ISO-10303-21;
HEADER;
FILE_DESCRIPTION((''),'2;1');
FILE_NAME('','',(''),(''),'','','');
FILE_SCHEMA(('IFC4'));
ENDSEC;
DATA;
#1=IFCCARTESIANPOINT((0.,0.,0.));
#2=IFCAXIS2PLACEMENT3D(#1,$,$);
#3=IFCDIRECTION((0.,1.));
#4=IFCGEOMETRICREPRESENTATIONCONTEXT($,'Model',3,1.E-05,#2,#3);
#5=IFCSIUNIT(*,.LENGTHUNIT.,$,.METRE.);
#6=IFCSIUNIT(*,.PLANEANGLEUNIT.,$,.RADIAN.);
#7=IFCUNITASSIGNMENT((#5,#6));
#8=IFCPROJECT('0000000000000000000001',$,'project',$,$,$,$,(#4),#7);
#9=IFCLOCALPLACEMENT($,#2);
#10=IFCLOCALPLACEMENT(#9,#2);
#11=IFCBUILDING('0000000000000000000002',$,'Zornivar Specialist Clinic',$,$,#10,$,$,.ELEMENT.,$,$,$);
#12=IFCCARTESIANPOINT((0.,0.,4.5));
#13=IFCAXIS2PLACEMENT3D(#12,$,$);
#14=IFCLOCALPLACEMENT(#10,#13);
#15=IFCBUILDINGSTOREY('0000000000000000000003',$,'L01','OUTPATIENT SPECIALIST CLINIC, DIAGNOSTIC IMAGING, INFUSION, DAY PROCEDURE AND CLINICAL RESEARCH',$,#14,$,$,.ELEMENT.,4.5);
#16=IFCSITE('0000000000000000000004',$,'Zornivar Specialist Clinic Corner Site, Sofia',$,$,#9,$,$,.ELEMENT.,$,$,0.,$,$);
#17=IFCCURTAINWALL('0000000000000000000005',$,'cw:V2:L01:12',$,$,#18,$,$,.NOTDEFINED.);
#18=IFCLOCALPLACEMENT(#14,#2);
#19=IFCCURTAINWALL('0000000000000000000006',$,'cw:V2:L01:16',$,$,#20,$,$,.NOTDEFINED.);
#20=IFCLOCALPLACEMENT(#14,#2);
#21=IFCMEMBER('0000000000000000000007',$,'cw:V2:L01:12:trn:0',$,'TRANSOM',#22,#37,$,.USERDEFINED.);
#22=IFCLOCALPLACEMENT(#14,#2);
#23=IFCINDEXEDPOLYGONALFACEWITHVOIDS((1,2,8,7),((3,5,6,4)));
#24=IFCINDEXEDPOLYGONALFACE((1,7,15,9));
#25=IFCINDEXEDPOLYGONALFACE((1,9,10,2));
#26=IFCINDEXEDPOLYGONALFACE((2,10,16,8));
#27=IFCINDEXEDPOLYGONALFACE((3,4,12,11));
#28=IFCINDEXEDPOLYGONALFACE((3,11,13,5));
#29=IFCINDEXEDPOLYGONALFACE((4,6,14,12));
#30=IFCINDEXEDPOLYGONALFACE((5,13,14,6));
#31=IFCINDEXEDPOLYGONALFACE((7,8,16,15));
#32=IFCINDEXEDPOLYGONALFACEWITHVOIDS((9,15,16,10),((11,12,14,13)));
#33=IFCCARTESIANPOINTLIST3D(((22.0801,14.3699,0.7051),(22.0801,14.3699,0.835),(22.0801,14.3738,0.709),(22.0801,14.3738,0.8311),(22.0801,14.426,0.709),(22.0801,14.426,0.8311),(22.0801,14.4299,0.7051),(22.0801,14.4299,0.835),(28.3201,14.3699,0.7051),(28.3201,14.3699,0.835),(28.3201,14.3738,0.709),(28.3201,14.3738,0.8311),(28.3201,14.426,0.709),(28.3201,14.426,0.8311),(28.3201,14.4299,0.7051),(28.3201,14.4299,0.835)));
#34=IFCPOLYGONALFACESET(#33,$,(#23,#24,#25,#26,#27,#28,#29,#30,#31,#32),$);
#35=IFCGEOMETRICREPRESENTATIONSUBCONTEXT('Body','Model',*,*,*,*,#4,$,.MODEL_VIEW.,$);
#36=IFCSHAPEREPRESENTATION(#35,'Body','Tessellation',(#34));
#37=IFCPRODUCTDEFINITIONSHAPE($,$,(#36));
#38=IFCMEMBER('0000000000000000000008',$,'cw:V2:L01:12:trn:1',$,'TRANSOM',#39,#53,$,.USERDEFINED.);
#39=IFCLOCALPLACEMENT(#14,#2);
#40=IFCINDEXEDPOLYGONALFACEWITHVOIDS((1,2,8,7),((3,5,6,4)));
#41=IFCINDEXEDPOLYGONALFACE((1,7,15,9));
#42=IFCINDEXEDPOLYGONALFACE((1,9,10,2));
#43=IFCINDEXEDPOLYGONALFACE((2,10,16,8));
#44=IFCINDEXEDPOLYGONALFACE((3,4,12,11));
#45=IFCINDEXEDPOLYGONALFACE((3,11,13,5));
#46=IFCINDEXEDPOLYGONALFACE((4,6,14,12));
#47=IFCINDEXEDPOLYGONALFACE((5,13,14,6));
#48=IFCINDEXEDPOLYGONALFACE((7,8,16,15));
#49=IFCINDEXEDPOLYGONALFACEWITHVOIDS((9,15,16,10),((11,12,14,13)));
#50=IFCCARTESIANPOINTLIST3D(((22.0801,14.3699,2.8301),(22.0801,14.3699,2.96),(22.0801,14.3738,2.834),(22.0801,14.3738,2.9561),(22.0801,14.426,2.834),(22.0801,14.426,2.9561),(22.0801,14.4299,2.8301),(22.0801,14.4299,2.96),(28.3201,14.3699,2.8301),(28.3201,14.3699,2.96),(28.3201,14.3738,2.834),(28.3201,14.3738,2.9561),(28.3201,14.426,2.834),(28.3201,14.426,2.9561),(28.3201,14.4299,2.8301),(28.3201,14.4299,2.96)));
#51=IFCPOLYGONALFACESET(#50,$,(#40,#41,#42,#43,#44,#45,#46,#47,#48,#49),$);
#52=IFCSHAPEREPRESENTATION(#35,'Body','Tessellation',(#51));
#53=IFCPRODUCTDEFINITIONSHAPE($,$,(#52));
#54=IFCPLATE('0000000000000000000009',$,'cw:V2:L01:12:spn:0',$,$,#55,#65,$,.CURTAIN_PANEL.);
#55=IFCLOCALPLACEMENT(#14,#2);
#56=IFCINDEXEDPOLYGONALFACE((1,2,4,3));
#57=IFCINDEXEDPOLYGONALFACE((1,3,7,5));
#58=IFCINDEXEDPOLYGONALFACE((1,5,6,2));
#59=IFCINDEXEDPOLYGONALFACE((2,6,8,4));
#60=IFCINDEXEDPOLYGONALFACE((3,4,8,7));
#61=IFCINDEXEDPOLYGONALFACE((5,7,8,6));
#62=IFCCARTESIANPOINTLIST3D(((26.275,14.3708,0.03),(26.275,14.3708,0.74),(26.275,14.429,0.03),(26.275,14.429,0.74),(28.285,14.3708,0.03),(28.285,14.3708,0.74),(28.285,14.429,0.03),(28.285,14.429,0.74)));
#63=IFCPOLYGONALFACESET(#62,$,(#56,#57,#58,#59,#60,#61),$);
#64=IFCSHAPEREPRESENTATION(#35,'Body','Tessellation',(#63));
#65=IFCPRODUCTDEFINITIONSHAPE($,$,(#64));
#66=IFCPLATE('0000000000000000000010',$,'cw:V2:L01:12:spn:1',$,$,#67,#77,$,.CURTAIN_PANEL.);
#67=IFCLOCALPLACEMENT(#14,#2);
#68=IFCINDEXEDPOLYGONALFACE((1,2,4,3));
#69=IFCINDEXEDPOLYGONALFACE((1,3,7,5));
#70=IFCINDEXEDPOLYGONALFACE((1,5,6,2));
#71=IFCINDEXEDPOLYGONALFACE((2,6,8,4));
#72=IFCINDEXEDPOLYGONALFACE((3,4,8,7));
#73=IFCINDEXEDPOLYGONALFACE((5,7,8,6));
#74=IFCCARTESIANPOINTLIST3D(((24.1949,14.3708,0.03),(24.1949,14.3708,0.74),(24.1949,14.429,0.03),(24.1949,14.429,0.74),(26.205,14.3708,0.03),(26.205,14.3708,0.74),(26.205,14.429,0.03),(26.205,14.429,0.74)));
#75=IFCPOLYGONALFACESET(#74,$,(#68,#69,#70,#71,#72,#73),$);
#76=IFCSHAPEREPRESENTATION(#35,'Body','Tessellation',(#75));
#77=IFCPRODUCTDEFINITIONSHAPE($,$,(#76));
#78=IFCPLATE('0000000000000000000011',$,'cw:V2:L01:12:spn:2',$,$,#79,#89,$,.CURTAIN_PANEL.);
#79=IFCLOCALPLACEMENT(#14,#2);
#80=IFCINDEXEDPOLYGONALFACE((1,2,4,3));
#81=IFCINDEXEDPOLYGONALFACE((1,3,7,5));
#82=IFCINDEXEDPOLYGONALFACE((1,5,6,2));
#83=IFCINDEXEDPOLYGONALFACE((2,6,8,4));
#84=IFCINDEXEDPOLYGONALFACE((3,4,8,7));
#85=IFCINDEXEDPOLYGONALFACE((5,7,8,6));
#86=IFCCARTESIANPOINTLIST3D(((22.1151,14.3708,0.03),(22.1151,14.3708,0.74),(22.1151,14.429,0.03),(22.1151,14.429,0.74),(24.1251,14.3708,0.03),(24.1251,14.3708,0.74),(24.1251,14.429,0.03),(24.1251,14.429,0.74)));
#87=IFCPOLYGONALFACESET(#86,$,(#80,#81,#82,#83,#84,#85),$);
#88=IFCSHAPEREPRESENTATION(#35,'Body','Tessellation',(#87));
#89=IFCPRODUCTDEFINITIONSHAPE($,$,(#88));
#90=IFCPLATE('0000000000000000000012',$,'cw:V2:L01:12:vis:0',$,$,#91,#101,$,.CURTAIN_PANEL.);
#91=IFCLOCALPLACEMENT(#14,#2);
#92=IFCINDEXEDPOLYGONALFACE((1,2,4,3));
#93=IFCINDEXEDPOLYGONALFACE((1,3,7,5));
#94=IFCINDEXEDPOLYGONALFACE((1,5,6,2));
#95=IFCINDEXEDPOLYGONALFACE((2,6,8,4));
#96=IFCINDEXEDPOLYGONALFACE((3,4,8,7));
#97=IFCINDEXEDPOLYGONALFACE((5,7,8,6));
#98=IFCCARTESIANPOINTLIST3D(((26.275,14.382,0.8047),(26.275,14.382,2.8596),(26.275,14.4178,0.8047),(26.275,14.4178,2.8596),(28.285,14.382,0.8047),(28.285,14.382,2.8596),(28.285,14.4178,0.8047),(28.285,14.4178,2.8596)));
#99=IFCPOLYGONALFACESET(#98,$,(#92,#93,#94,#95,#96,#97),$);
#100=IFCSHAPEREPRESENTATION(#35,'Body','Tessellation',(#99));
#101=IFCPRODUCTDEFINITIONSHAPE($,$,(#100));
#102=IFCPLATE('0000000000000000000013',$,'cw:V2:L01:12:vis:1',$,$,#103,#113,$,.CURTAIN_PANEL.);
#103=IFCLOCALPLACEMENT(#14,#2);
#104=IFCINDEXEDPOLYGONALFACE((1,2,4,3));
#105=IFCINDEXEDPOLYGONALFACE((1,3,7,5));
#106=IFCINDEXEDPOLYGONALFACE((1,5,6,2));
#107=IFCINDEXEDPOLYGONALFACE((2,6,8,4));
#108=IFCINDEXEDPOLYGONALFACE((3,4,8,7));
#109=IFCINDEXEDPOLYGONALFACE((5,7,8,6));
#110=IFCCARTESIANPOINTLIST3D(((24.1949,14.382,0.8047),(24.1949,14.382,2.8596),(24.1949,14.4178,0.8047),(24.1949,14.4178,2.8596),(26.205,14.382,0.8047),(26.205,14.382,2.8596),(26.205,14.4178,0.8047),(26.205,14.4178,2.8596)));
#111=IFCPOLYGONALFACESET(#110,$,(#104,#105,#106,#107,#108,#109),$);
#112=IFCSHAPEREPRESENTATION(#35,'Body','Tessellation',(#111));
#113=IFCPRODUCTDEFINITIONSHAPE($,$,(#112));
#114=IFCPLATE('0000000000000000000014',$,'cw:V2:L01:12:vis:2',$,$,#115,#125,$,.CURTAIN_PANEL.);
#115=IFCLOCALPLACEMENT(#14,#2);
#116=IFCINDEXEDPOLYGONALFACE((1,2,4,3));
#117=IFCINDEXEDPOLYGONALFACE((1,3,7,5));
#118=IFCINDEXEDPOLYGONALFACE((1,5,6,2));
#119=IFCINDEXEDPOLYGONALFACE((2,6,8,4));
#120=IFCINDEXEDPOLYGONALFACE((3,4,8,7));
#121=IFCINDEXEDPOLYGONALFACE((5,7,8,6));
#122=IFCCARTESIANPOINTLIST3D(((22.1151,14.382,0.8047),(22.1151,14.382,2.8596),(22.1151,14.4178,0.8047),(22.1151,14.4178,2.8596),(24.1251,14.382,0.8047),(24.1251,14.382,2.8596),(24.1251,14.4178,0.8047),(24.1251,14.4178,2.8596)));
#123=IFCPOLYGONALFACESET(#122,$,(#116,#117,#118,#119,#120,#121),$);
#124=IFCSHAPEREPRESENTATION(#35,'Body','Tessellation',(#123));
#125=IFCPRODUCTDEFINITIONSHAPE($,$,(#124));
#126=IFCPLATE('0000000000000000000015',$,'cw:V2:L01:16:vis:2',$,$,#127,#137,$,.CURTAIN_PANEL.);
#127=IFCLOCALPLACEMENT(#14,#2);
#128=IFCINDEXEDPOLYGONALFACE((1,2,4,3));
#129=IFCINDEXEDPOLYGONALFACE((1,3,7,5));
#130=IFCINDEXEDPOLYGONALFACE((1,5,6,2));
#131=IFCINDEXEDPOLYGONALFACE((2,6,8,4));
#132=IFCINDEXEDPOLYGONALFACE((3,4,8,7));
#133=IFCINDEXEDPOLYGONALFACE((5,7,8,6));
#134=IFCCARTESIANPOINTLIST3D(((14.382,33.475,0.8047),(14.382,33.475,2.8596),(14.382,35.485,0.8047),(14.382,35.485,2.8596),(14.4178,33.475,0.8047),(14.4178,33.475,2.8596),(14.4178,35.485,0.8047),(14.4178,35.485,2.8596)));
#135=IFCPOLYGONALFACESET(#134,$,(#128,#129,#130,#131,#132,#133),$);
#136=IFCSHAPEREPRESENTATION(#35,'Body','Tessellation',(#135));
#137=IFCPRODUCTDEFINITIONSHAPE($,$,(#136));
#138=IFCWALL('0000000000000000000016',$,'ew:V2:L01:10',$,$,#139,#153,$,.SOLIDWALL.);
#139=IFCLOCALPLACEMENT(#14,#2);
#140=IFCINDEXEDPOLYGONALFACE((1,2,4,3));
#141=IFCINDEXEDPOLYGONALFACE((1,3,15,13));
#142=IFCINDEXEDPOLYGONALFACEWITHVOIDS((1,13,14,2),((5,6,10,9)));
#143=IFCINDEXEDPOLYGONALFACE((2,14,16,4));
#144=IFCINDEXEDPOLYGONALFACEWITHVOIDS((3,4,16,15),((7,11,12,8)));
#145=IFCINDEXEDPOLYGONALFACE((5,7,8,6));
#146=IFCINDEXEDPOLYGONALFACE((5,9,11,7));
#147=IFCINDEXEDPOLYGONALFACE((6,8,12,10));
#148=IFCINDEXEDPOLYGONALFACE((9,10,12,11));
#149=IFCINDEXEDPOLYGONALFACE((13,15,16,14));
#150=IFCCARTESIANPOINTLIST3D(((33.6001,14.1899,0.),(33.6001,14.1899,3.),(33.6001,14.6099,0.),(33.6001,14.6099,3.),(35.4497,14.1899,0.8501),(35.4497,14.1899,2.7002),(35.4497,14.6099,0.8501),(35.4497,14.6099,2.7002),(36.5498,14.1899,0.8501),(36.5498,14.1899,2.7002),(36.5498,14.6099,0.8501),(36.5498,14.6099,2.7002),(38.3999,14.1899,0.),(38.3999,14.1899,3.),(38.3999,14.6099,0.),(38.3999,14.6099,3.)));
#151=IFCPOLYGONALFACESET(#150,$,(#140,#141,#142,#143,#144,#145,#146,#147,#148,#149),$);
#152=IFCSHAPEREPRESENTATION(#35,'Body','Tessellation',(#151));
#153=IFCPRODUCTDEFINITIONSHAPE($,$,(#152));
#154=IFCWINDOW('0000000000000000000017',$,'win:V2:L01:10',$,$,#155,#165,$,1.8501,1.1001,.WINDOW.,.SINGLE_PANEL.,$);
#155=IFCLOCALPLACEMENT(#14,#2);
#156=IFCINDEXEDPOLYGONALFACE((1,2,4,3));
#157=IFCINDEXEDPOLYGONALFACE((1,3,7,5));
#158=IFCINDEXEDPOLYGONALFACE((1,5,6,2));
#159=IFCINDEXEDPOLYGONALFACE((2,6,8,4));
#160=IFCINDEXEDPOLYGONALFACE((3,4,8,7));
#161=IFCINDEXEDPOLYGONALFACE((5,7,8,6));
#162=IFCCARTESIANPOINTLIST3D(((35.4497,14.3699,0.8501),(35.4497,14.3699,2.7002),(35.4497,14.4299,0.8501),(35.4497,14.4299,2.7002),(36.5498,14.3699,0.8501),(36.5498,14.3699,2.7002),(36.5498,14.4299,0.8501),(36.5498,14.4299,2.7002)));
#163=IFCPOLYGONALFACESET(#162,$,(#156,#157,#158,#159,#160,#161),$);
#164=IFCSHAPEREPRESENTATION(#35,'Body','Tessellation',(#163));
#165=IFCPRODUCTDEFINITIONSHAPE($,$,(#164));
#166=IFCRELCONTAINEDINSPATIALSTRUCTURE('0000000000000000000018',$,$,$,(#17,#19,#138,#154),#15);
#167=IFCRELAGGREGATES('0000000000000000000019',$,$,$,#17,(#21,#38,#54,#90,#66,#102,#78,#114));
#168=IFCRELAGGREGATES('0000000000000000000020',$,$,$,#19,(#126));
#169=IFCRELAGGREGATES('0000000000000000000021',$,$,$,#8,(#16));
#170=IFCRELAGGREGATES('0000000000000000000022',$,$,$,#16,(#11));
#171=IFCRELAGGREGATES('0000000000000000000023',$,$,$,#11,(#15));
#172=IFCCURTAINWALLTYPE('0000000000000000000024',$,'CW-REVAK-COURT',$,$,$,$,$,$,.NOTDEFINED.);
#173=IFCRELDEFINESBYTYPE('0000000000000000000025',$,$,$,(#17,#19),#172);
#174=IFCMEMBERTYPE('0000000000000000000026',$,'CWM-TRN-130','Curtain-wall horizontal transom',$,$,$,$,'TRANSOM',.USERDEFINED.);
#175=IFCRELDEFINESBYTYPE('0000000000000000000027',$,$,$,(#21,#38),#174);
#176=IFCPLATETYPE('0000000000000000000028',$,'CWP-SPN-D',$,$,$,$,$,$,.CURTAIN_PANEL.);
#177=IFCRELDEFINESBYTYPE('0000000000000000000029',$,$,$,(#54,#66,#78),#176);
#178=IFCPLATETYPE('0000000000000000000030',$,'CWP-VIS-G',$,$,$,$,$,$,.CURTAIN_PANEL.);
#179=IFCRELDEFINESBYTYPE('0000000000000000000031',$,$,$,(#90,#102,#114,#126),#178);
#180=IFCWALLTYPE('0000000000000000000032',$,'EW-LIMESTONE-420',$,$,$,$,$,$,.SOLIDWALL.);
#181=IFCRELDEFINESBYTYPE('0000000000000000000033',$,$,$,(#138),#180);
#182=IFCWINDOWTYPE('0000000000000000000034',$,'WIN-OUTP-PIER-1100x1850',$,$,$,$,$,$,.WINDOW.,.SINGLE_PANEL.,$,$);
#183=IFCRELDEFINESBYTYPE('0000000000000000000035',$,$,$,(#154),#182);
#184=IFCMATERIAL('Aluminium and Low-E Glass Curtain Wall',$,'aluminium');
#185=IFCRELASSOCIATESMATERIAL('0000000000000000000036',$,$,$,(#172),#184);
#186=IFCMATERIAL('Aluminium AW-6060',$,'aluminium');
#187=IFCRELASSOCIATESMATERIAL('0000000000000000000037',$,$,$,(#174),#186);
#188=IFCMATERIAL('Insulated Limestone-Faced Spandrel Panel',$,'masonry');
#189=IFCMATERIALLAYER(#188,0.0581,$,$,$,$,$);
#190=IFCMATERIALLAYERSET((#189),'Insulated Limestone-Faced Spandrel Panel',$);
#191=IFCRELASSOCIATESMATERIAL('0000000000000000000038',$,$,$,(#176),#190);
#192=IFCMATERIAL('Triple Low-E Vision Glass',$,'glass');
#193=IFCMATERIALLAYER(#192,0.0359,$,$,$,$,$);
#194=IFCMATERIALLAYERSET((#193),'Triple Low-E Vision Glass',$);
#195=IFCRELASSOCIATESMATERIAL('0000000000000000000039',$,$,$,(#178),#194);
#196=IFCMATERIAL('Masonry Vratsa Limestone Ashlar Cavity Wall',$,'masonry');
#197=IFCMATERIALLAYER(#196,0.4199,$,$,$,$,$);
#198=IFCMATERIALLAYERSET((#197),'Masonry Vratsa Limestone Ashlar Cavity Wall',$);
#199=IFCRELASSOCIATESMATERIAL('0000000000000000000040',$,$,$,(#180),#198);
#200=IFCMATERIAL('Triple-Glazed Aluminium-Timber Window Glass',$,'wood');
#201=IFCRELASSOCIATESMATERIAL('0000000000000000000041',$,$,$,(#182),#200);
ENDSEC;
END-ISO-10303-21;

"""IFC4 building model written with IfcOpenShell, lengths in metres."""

from ifc_helpers import new_model, si_unit, direction, frame, frame_2d, origin, origin_2d, place, context, subcontext, project, spatial, rectangle, hollow_rectangle, extrude, material, layer, layer_set, material_profile, profile_set, type_object, element, fill, aggregate, save


model = new_model("IFC4")

# Units and contexts
model_context = context("Model", 3, precision=1e-05, world=origin(), true_north=direction((0.0, 1.0)))
body_context = subcontext(model_context, "Body", "Model", "MODEL_VIEW")
ifc_project = project(units=[si_unit("LENGTHUNIT", "METRE"), si_unit("PLANEANGLEUNIT", "RADIAN")], contexts=[model_context])

# Site, building, storey
site_placement = place(None, origin())
site = spatial("IfcSite", under=ifc_project, at=site_placement, Name="Zornivar Specialist Clinic Corner Site, Sofia", CompositionType="ELEMENT", RefElevation=0.0)
building_placement = place(site_placement, origin())
building = spatial("IfcBuilding", under=site, at=building_placement, Name="Zornivar Specialist Clinic", CompositionType="ELEMENT")
storey_placement = place(building_placement, frame((0.0, 0.0, 4.5)))
storey = spatial("IfcBuildingStorey", under=building, at=storey_placement, Name="L01", Description="OUTPATIENT SPECIALIST CLINIC, DIAGNOSTIC IMAGING, INFUSION, DAY PROCEDURE AND CLINICAL RESEARCH", CompositionType="ELEMENT", Elevation=4.5)

# Curtain wall
ifc_material_1 = material(Name="Aluminium and Low-E Glass Curtain Wall", Category="aluminium")
curtain_wall_type = type_object("IfcCurtainWallType", Name="CW-REVAK-COURT", PredefinedType="NOTDEFINED", material=ifc_material_1)
curtain_wall_1_placement = place(storey_placement, origin())
curtain_wall_1 = element("IfcCurtainWall", 1, at=curtain_wall_1_placement, inside=storey, type_object=curtain_wall_type, Name="cw:V2:L01:12", PredefinedType="NOTDEFINED")

# Curtain wall
curtain_wall_2_placement = place(storey_placement, origin())
curtain_wall_2 = element("IfcCurtainWall", 2, at=curtain_wall_2_placement, inside=storey, type_object=curtain_wall_type, Name="cw:V2:L01:16", PredefinedType="NOTDEFINED")

# Members
ifc_material_2 = material(Name="Aluminium AW-6060", Category="aluminium")
ifc_material_profile_1 = material_profile(ifc_material_2, hollow_rectangle(XDim=0.0601, YDim=0.1299, WallThickness=0.0039, at=origin_2d()), Name="ALU 60x130x4")
ifc_profile_set_1 = profile_set([ifc_material_profile_1], Name="Aluminium AW-6060")
member_type_1 = type_object("IfcMemberType", Name="CWM-TRN-130", Description="Curtain-wall horizontal transom", ElementType="TRANSOM", PredefinedType="USERDEFINED", material=ifc_profile_set_1)
member_1_placement = place(storey_placement, frame((28.3201, 14.3999, 0.77), z_axis=(-1.0, 0.0, 0.0), x_axis=(0.0, -1.0, 0.0)))
member_1 = element("IfcMember", 3, at=member_1_placement, type_object=member_type_1, Name="cw:V2:L01:12:trn:0", ObjectType="TRANSOM", PredefinedType="USERDEFINED", context=body_context, shape_type="SweptSolid", body=[
    extrude(hollow_rectangle(XDim=0.0601, YDim=0.1299, WallThickness=0.0039, at=origin_2d()), origin(), (0.0, 0.0, 1.0), 6.24),
])
member_2_placement = place(storey_placement, frame((28.3201, 14.3999, 2.895), z_axis=(-1.0, 0.0, 0.0), x_axis=(0.0, -1.0, 0.0)))
member_2 = element("IfcMember", 4, at=member_2_placement, type_object=member_type_1, Name="cw:V2:L01:12:trn:1", ObjectType="TRANSOM", PredefinedType="USERDEFINED", context=body_context, shape_type="SweptSolid", body=[
    extrude(hollow_rectangle(XDim=0.0601, YDim=0.1299, WallThickness=0.0039, at=origin_2d()), origin(), (0.0, 0.0, 1.0), 6.24),
])

# Plates
ifc_material_3 = material(Name="Insulated Limestone-Faced Spandrel Panel", Category="masonry")
ifc_layer_1 = layer(ifc_material_3, 0.0581)
ifc_layer_set_1 = layer_set([ifc_layer_1], Name="Insulated Limestone-Faced Spandrel Panel")
plate_type_1 = type_object("IfcPlateType", Name="CWP-SPN-D", PredefinedType="CURTAIN_PANEL", material=ifc_layer_set_1)
plate_1_placement = place(storey_placement, frame((27.28, 14.3999, 0.03), z_axis=(0.0, 0.0, 1.0), x_axis=(-1.0, 0.0, 0.0)))
plate_1 = element("IfcPlate", 5, at=plate_1_placement, type_object=plate_type_1, Name="cw:V2:L01:12:spn:0", PredefinedType="CURTAIN_PANEL", context=body_context, shape_type="SweptSolid", body=[
    extrude(rectangle(XDim=2.01, YDim=0.0581, at=origin_2d()), origin(), (0.0, 0.0, 1.0), 0.71),
])
plate_2_placement = place(storey_placement, frame((25.2, 14.3999, 0.03), z_axis=(0.0, 0.0, 1.0), x_axis=(-1.0, 0.0, 0.0)))
plate_2 = element("IfcPlate", 6, at=plate_2_placement, type_object=plate_type_1, Name="cw:V2:L01:12:spn:1", PredefinedType="CURTAIN_PANEL", context=body_context, shape_type="SweptSolid", body=[
    extrude(rectangle(XDim=2.01, YDim=0.0581, at=origin_2d()), origin(), (0.0, 0.0, 1.0), 0.71),
])
plate_3_placement = place(storey_placement, frame((23.1201, 14.3999, 0.03), z_axis=(0.0, 0.0, 1.0), x_axis=(-1.0, 0.0, 0.0)))
plate_3 = element("IfcPlate", 7, at=plate_3_placement, type_object=plate_type_1, Name="cw:V2:L01:12:spn:2", PredefinedType="CURTAIN_PANEL", context=body_context, shape_type="SweptSolid", body=[
    extrude(rectangle(XDim=2.01, YDim=0.0581, at=origin_2d()), origin(), (0.0, 0.0, 1.0), 0.71),
])
ifc_material_4 = material(Name="Triple Low-E Vision Glass", Category="glass")
ifc_layer_2 = layer(ifc_material_4, 0.0359)
ifc_layer_set_2 = layer_set([ifc_layer_2], Name="Triple Low-E Vision Glass")
plate_type_2 = type_object("IfcPlateType", Name="CWP-VIS-G", PredefinedType="CURTAIN_PANEL", material=ifc_layer_set_2)
plate_4_placement = place(storey_placement, frame((27.28, 14.3999, 0.8047), z_axis=(0.0, 0.0, 1.0), x_axis=(-1.0, 0.0, 0.0)))
plate_4 = element("IfcPlate", 8, at=plate_4_placement, type_object=plate_type_2, Name="cw:V2:L01:12:vis:0", PredefinedType="CURTAIN_PANEL", context=body_context, shape_type="SweptSolid", body=[
    extrude(rectangle(XDim=2.01, YDim=0.0359, at=origin_2d()), origin(), (0.0, 0.0, 1.0), 2.0549),
])
plate_5_placement = place(storey_placement, frame((25.2, 14.3999, 0.8047), z_axis=(0.0, 0.0, 1.0), x_axis=(-1.0, 0.0, 0.0)))
plate_5 = element("IfcPlate", 9, at=plate_5_placement, type_object=plate_type_2, Name="cw:V2:L01:12:vis:1", PredefinedType="CURTAIN_PANEL", context=body_context, shape_type="SweptSolid", body=[
    extrude(rectangle(XDim=2.01, YDim=0.0359, at=origin_2d()), origin(), (0.0, 0.0, 1.0), 2.0549),
])
plate_6_placement = place(storey_placement, frame((23.1201, 14.3999, 0.8047), z_axis=(0.0, 0.0, 1.0), x_axis=(-1.0, 0.0, 0.0)))
plate_6 = element("IfcPlate", 10, at=plate_6_placement, type_object=plate_type_2, Name="cw:V2:L01:12:vis:2", PredefinedType="CURTAIN_PANEL", context=body_context, shape_type="SweptSolid", body=[
    extrude(rectangle(XDim=2.01, YDim=0.0359, at=origin_2d()), origin(), (0.0, 0.0, 1.0), 2.0549),
])
aggregate(curtain_wall_1, [member_1, member_2, plate_1, plate_4, plate_2, plate_5, plate_3, plate_6])
plate_7_placement = place(storey_placement, frame((14.3999, 34.48, 0.8047), z_axis=(0.0, 0.0, 1.0), x_axis=(0.0, 1.0, 0.0)))
plate_7 = element("IfcPlate", 11, at=plate_7_placement, type_object=plate_type_2, Name="cw:V2:L01:16:vis:2", PredefinedType="CURTAIN_PANEL", context=body_context, shape_type="SweptSolid", body=[
    extrude(rectangle(XDim=2.01, YDim=0.0359, at=origin_2d()), origin(), (0.0, 0.0, 1.0), 2.0549),
])
aggregate(curtain_wall_2, [plate_7])

# Wall, opening, window
ifc_material_5 = material(Name="Masonry Vratsa Limestone Ashlar Cavity Wall", Category="masonry")
ifc_layer_3 = layer(ifc_material_5, 0.4199)
ifc_layer_set_3 = layer_set([ifc_layer_3], Name="Masonry Vratsa Limestone Ashlar Cavity Wall")
wall_type_1 = type_object("IfcWallType", Name="EW-LIMESTONE-420", PredefinedType="SOLIDWALL", material=ifc_layer_set_3)
wall_1_placement = place(storey_placement, frame((38.3999, 14.3999, 0.0), z_axis=(0.0, 0.0, 1.0), x_axis=(-1.0, 0.0, 0.0)))
wall_1 = element("IfcWall", 12, at=wall_1_placement, inside=storey, type_object=wall_type_1, Name="ew:V2:L01:10", PredefinedType="SOLIDWALL", context=body_context, shape_type="SweptSolid", body=[
    extrude(rectangle(XDim=4.7998, YDim=0.4199, at=frame_2d((2.3999, 0.0))), origin(), (0.0, 0.0, 1.0), 3.0),
])
opening_1_placement = place(wall_1_placement, frame((1.8501, 0.0, 0.8501)))
opening_1 = element("IfcOpeningElement", 13, at=opening_1_placement, cuts=wall_1, PredefinedType="OPENING", context=body_context, shape_type="SweptSolid", body=[
    extrude(rectangle(XDim=1.1001, YDim=1.8501, at=frame_2d((0.55, 0.925))), frame((0.0, 0.22, 0.0), z_axis=(0.0, -1.0, 0.0), x_axis=(1.0, 0.0, 0.0)), (0.0, 0.0, 1.0), 0.4399),
])
ifc_material_6 = material(Name="Triple-Glazed Aluminium-Timber Window Glass", Category="wood")
window_type_1 = type_object("IfcWindowType", Name="WIN-OUTP-PIER-1100x1850", PartitioningType="SINGLE_PANEL", PredefinedType="WINDOW", material=ifc_material_6)
window_1_placement = place(opening_1_placement, origin())
window_1 = element("IfcWindow", 14, at=window_1_placement, inside=storey, type_object=window_type_1, Name="win:V2:L01:10", OverallHeight=1.8501, OverallWidth=1.1001, PartitioningType="SINGLE_PANEL", PredefinedType="WINDOW", context=body_context, shape_type="SweptSolid", body=[
    extrude(rectangle(XDim=1.1001, YDim=1.8501, at=frame_2d((0.55, 0.925))), frame((0.0, 0.03, 0.0), z_axis=(0.0, -1.0, 0.0), x_axis=(1.0, 0.0, 0.0)), (0.0, 0.0, 1.0), 0.0601),
])
fill(opening_1, window_1)

save(model, "model.ifc")
